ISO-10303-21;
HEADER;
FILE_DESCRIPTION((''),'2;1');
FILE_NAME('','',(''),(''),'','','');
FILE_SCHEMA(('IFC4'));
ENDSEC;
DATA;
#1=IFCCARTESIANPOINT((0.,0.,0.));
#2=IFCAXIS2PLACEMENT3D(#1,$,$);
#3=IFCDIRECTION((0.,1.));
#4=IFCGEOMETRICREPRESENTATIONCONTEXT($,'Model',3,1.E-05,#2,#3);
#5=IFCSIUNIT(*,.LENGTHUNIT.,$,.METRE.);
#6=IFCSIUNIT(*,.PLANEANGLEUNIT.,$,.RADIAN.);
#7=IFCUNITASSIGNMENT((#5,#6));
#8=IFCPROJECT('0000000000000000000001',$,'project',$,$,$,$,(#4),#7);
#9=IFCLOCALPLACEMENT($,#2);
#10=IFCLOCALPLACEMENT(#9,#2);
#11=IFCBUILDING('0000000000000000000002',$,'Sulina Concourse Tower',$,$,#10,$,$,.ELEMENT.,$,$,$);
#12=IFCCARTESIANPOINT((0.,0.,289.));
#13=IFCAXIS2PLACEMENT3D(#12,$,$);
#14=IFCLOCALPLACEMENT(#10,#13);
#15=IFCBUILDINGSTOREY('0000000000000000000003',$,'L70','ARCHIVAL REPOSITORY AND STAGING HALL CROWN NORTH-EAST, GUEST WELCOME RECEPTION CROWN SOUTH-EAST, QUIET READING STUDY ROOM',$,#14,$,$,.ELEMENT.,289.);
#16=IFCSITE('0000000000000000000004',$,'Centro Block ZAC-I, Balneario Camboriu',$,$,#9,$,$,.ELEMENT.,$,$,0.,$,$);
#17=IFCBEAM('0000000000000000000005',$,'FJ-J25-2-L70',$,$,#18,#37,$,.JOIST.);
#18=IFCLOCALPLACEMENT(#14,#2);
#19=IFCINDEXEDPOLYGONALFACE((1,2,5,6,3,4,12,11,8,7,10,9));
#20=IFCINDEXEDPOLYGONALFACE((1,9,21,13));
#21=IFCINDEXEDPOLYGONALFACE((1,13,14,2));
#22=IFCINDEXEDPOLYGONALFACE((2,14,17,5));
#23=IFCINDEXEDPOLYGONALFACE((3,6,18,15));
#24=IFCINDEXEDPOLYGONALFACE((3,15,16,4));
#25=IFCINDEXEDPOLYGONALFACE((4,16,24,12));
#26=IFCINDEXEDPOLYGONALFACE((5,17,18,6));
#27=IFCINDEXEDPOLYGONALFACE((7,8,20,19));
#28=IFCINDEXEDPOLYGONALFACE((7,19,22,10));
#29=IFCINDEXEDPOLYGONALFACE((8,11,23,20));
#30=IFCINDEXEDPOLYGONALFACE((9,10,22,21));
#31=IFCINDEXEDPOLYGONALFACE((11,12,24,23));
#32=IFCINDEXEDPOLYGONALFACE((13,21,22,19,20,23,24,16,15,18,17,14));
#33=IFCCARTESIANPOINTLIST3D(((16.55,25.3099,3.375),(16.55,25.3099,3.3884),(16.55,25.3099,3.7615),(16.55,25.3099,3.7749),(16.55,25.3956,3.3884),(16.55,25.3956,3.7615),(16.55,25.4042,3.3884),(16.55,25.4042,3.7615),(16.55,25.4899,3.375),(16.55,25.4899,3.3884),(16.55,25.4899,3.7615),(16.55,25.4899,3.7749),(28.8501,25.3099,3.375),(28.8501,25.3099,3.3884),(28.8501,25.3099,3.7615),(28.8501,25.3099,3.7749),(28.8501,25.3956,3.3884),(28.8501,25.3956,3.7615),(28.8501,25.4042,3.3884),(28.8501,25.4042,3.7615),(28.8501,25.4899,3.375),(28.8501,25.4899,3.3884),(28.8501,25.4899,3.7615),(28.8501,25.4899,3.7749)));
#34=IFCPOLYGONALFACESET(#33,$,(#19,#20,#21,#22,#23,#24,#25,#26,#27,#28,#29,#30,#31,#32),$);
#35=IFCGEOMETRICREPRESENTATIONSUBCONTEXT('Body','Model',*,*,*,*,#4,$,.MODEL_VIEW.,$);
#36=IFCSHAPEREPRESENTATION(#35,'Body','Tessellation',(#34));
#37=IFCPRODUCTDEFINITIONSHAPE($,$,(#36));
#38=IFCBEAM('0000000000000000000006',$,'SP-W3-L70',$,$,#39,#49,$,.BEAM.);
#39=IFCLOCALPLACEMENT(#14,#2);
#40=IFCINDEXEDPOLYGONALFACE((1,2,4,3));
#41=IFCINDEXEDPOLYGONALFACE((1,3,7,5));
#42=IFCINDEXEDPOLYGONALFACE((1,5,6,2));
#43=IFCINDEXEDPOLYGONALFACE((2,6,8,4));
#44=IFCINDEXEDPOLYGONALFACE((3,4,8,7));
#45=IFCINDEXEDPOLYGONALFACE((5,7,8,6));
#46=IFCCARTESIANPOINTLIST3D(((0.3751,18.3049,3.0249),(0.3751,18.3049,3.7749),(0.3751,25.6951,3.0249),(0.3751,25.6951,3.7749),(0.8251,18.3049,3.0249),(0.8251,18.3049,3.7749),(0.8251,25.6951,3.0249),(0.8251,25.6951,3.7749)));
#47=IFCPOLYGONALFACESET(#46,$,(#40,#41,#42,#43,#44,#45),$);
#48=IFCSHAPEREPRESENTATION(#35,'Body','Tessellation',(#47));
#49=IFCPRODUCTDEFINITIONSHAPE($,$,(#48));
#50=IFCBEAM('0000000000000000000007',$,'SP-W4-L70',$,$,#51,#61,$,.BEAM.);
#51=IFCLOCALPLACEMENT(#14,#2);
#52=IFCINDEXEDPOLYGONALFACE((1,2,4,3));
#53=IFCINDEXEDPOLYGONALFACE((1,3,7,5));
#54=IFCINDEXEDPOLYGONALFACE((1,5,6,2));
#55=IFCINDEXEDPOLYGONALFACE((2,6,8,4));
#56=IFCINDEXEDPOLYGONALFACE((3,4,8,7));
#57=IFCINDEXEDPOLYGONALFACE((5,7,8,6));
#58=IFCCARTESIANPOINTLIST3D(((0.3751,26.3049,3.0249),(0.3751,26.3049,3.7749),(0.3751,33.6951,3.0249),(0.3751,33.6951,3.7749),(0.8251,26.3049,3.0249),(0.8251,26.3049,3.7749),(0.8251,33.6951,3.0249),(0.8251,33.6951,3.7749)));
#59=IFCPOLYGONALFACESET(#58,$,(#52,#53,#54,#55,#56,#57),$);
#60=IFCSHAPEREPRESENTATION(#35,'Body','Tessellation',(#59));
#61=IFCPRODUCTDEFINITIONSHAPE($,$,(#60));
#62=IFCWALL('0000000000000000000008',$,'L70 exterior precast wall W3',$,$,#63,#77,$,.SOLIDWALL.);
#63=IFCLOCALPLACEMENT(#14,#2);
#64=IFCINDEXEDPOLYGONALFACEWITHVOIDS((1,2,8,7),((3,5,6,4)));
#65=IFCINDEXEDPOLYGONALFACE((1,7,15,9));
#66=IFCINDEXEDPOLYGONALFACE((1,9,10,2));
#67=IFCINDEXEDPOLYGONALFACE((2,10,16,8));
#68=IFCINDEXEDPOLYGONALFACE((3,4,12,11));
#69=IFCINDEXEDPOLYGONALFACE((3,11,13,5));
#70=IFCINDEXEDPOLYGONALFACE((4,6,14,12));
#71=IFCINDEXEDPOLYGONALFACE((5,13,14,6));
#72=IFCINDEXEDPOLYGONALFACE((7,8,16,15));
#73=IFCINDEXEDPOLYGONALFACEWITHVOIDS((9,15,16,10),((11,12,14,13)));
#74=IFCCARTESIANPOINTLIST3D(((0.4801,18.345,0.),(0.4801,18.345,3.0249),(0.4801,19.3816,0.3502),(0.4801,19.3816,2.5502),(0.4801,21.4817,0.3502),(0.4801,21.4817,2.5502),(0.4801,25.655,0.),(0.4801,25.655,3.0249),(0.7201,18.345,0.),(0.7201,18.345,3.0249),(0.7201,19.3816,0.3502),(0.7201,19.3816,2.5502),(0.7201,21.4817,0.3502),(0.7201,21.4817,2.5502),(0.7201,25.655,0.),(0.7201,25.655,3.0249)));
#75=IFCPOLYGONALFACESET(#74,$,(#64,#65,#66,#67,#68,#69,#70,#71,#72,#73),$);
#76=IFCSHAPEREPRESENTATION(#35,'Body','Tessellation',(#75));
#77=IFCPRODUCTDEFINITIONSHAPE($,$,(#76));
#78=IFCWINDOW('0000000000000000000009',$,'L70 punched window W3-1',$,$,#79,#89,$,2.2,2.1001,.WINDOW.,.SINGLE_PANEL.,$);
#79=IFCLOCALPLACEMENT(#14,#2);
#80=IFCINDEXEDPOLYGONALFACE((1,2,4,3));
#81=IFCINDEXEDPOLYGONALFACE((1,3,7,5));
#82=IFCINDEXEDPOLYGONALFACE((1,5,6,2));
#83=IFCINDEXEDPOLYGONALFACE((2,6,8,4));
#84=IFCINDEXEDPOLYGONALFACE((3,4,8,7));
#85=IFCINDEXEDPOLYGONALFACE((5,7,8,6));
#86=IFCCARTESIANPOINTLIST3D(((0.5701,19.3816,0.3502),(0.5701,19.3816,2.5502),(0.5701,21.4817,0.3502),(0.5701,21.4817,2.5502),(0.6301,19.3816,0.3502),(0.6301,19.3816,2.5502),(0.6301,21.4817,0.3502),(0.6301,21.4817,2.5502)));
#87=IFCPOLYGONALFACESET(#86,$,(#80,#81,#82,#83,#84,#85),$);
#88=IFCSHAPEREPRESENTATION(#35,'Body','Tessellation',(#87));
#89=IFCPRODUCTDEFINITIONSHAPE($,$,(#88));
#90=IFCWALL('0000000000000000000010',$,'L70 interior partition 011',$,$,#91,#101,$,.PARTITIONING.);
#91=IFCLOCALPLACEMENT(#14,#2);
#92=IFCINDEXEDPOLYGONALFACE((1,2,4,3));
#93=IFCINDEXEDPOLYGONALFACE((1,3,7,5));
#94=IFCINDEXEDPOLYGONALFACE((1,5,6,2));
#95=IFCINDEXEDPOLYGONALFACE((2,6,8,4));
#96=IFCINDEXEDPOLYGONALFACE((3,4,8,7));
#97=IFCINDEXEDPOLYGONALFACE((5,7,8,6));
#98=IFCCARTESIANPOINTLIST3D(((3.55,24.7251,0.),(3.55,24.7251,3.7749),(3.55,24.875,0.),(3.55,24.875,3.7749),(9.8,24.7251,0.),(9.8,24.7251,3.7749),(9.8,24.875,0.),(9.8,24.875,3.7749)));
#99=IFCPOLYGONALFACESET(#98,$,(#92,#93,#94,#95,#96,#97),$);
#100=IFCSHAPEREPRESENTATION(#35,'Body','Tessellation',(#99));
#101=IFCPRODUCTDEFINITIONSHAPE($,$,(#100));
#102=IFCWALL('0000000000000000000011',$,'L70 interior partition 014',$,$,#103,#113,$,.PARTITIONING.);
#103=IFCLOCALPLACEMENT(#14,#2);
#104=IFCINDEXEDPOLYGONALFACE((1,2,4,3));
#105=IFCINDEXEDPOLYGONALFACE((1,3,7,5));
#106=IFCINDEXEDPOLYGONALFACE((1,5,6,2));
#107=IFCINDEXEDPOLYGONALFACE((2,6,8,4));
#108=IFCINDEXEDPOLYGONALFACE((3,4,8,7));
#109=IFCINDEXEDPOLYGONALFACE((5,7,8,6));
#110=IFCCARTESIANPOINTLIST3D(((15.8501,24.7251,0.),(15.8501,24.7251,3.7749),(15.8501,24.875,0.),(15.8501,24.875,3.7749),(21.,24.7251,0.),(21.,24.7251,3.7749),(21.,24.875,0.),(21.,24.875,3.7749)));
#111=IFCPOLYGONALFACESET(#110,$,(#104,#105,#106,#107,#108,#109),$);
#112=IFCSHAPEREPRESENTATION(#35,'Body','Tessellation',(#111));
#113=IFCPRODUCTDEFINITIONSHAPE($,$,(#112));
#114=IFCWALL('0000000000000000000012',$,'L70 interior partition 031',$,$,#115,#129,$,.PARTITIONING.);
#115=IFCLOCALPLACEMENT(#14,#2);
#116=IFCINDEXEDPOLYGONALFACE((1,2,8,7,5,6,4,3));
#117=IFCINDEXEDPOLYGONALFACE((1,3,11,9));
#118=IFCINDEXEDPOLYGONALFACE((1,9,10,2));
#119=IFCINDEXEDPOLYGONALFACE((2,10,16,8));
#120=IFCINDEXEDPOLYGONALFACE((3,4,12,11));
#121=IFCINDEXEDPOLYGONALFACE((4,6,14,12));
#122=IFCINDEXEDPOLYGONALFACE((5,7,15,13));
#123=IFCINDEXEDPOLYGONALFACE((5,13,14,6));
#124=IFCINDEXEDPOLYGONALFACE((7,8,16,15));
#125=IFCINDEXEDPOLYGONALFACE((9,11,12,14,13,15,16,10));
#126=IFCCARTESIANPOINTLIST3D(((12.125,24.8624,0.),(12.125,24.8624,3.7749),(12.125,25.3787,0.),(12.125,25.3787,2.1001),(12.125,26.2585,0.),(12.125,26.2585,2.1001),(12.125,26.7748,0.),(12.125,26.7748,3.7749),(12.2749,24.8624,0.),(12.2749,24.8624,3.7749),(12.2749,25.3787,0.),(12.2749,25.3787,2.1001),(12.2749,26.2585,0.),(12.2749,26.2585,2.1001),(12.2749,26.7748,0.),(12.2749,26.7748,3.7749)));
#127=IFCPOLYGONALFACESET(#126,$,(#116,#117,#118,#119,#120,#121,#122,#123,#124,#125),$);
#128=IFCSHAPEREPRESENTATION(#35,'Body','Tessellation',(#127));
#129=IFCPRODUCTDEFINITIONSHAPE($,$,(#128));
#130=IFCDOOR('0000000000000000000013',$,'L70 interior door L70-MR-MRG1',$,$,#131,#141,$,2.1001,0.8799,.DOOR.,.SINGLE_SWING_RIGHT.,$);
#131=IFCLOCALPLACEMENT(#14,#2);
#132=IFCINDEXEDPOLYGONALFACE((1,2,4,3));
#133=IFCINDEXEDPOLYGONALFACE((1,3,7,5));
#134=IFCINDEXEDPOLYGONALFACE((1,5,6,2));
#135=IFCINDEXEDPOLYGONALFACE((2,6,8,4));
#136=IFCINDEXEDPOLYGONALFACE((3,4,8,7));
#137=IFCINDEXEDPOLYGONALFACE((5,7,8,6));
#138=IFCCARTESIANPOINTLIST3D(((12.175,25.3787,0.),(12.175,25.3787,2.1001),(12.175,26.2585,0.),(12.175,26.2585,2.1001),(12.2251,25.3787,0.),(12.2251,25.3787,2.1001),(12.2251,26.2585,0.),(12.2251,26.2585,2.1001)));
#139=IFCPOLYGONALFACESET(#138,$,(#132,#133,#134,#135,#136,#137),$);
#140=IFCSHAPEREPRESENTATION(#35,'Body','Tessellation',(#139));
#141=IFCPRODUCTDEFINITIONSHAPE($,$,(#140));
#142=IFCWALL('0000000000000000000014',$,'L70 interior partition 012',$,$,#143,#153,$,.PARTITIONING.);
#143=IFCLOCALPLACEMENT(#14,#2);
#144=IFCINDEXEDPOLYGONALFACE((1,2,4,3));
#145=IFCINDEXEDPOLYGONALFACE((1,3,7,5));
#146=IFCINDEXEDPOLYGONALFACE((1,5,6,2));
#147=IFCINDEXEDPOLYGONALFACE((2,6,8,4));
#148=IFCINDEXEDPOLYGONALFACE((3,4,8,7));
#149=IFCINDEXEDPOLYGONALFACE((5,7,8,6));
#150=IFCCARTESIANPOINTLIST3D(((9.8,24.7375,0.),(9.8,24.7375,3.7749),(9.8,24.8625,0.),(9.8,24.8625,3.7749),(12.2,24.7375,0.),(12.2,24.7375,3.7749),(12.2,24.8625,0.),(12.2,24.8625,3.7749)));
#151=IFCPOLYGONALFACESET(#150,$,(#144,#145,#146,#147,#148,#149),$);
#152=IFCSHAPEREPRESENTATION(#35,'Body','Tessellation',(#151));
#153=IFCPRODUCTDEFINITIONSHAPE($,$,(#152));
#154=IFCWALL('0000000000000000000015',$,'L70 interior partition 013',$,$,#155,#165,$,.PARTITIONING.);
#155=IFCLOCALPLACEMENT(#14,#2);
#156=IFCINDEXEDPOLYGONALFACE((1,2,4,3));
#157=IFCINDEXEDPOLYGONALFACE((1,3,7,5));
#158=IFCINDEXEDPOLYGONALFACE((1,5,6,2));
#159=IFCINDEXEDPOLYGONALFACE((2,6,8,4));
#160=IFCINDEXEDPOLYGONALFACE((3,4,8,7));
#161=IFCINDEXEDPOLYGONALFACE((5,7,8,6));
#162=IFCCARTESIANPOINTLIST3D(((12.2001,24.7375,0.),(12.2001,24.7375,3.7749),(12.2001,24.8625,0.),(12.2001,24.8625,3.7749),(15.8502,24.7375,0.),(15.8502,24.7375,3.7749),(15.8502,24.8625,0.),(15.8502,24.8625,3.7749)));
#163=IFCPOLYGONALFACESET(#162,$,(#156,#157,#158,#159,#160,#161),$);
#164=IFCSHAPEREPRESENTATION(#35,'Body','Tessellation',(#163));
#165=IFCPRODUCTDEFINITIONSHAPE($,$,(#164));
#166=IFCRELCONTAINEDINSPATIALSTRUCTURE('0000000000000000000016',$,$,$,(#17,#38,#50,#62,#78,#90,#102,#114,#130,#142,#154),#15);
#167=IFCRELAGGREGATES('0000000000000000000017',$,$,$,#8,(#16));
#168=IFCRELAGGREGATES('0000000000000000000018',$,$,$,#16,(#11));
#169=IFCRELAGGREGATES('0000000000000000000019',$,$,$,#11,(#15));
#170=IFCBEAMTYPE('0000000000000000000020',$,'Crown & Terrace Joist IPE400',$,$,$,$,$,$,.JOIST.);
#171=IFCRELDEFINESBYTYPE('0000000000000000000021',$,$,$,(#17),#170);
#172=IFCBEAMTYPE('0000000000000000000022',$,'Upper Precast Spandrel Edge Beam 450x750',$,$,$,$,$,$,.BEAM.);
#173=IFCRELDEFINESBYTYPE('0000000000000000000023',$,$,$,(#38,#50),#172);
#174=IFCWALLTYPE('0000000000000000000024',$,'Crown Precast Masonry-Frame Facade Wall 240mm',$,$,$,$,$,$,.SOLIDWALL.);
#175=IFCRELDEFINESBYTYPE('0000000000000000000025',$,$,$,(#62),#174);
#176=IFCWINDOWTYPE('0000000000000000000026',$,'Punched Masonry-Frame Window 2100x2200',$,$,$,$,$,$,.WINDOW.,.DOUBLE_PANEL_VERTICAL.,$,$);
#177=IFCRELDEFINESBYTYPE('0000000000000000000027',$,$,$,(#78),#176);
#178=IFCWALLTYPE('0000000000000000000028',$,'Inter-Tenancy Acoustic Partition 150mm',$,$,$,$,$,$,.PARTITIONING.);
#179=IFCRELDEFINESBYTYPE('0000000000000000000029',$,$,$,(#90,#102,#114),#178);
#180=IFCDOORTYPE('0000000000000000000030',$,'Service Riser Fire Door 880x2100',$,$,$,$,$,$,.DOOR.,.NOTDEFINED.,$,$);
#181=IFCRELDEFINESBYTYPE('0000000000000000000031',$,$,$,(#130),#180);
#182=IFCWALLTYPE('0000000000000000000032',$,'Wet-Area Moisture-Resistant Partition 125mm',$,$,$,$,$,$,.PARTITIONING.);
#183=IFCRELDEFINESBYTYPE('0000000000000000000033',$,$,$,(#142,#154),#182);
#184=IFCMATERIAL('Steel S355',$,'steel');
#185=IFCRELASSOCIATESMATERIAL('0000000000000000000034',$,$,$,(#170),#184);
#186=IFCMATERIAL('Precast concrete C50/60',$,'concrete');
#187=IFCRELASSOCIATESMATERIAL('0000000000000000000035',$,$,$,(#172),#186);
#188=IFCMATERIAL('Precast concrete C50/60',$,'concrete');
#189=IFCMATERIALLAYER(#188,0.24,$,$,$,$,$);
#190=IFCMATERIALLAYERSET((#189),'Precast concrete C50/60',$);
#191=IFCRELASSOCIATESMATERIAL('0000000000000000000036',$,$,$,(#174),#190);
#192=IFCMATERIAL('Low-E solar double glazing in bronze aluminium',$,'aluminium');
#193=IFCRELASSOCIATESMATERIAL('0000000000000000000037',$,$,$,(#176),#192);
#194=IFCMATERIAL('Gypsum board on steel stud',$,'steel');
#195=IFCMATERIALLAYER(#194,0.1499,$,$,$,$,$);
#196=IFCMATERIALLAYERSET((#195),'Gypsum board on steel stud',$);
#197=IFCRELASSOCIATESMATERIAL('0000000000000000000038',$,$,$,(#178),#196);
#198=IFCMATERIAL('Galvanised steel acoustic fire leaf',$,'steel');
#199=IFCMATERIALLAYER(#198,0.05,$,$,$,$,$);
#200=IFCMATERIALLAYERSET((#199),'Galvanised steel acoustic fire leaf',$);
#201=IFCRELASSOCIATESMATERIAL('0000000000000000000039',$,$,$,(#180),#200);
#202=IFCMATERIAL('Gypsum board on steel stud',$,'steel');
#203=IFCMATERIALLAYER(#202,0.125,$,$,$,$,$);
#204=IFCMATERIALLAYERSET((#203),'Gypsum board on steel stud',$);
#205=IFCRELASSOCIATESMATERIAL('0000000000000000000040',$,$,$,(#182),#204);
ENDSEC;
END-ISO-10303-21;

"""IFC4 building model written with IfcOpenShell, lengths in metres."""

from ifc_helpers import new_model, si_unit, direction, frame, frame_2d, origin, origin_2d, place, context, subcontext, project, spatial, rectangle, i_section, extrude, material, layer, layer_set, material_profile, profile_set, type_object, element, fill, save


model = new_model("IFC4")

# Units and contexts
model_context = context("Model", 3, precision=1e-05, world=origin(), true_north=direction((0.0, 1.0)))
body_context = subcontext(model_context, "Body", "Model", "MODEL_VIEW")
ifc_project = project(units=[si_unit("LENGTHUNIT", "METRE"), si_unit("PLANEANGLEUNIT", "RADIAN")], contexts=[model_context])

# Site, building, storey
site_placement = place(None, origin())
site = spatial("IfcSite", under=ifc_project, at=site_placement, Name="Centro Block ZAC-I, Balneario Camboriu", CompositionType="ELEMENT", RefElevation=0.0)
building_placement = place(site_placement, origin())
building = spatial("IfcBuilding", under=site, at=building_placement, Name="Sulina Concourse Tower", CompositionType="ELEMENT")
storey_placement = place(building_placement, frame((0.0, 0.0, 289.0)))
storey = spatial("IfcBuildingStorey", under=building, at=storey_placement, Name="L70", Description="ARCHIVAL REPOSITORY AND STAGING HALL CROWN NORTH-EAST, GUEST WELCOME RECEPTION CROWN SOUTH-EAST, QUIET READING STUDY ROOM", CompositionType="ELEMENT", Elevation=289.0)

# Beams
ifc_material_1 = material(Name="Steel S355", Category="steel")
ifc_material_profile_1 = material_profile(ifc_material_1, i_section(OverallWidth=0.1799, OverallDepth=0.3999, WebThickness=0.0085, FlangeThickness=0.0134, at=origin_2d()), Name="IPE 400")
ifc_profile_set_1 = profile_set([ifc_material_profile_1], Name="Steel S355")
beam_type_1 = type_object("IfcBeamType", Name="Crown & Terrace Joist IPE400", PredefinedType="JOIST", material=ifc_profile_set_1)
beam_1_placement = place(storey_placement, frame((16.55, 25.3999, 3.575), z_axis=(1.0, 0.0, 0.0), x_axis=(0.0, 1.0, 0.0)))
element("IfcBeam", 1, at=beam_1_placement, inside=storey, type_object=beam_type_1, Name="FJ-J25-2-L70", PredefinedType="JOIST", context=body_context, shape_type="SweptSolid", body=[
    extrude(i_section(OverallWidth=0.1799, OverallDepth=0.3999, WebThickness=0.0085, FlangeThickness=0.0134, at=origin_2d()), origin(), (0.0, 0.0, 1.0), 12.3),
])
ifc_material_2 = material(Name="Precast concrete C50/60", Category="concrete")
ifc_material_profile_2 = material_profile(ifc_material_2, rectangle(XDim=0.45, YDim=0.75, at=origin_2d()), Name="RC 450x750")
ifc_profile_set_2 = profile_set([ifc_material_profile_2], Name="Precast concrete C50/60")
beam_type_2 = type_object("IfcBeamType", Name="Upper Precast Spandrel Edge Beam 450x750", PredefinedType="BEAM", material=ifc_profile_set_2)
for number, where, z_axis, x_axis, name in (
    (2, (0.6001, 18.3049, 3.3999), (0.0, 1.0, 0.0), (-1.0, 0.0, 0.0), "SP-W3-L70"),
    (3, (0.6001, 26.3049, 3.3999), (0.0, 1.0, 0.0), (-1.0, 0.0, 0.0), "SP-W4-L70"),
):
    element("IfcBeam", number, at=place(storey_placement, frame(where, z_axis=z_axis, x_axis=x_axis)), inside=storey, type_object=beam_type_2, Name=name, PredefinedType="BEAM", context=body_context, shape_type="SweptSolid", body=[
        extrude(rectangle(XDim=0.45, YDim=0.75, at=origin_2d()), origin(), (0.0, 0.0, 1.0), 7.3901),
    ])

# Wall, opening, window
ifc_material_3 = material(Name="Precast concrete C50/60", Category="concrete")
ifc_layer_1 = layer(ifc_material_3, 0.24)
ifc_layer_set_1 = layer_set([ifc_layer_1], Name="Precast concrete C50/60")
wall_type_1 = type_object("IfcWallType", Name="Crown Precast Masonry-Frame Facade Wall 240mm", PredefinedType="SOLIDWALL", material=ifc_layer_set_1)
wall_1_placement = place(storey_placement, frame((0.6001, 18.345, 0.0), z_axis=(0.0, 0.0, 1.0), x_axis=(0.0, 1.0, 0.0)))
wall_1 = element("IfcWall", 4, at=wall_1_placement, inside=storey, type_object=wall_type_1, Name="L70 exterior precast wall W3", PredefinedType="SOLIDWALL", context=body_context, shape_type="SweptSolid", body=[
    extrude(rectangle(XDim=7.3101, YDim=0.24, at=frame_2d((3.655, 0.0))), origin(), (0.0, 0.0, 1.0), 3.0249),
])
opening_1_placement = place(wall_1_placement, frame((1.0366, 0.0, 0.3501)))
opening_1 = element("IfcOpeningElement", 5, at=opening_1_placement, cuts=wall_1, PredefinedType="OPENING", context=body_context, shape_type="SweptSolid", body=[
    extrude(rectangle(XDim=2.1001, YDim=2.2, at=frame_2d((1.05, 1.1001))), frame((0.0, 0.1299, 0.0), z_axis=(0.0, -1.0, 0.0), x_axis=(1.0, 0.0, 0.0)), (0.0, 0.0, 1.0), 0.26),
])
ifc_material_4 = material(Name="Low-E solar double glazing in bronze aluminium", Category="aluminium")
window_type = type_object("IfcWindowType", Name="Punched Masonry-Frame Window 2100x2200", PartitioningType="DOUBLE_PANEL_VERTICAL", PredefinedType="WINDOW", material=ifc_material_4)
window_placement = place(opening_1_placement, origin())
window = element("IfcWindow", 6, at=window_placement, inside=storey, type_object=window_type, Name="L70 punched window W3-1", OverallHeight=2.2, OverallWidth=2.1001, PartitioningType="SINGLE_PANEL", PredefinedType="WINDOW", context=body_context, shape_type="SweptSolid", body=[
    extrude(rectangle(XDim=2.1001, YDim=2.2, at=frame_2d((1.05, 1.1001))), frame((0.0, 0.03, 0.0), z_axis=(0.0, -1.0, 0.0), x_axis=(1.0, 0.0, 0.0)), (0.0, 0.0, 1.0), 0.0601),
])
fill(opening_1, window)

# Walls
ifc_material_5 = material(Name="Gypsum board on steel stud", Category="steel")
ifc_layer_2 = layer(ifc_material_5, 0.1499)
ifc_layer_set_2 = layer_set([ifc_layer_2], Name="Gypsum board on steel stud")
wall_type_2 = type_object("IfcWallType", Name="Inter-Tenancy Acoustic Partition 150mm", PredefinedType="PARTITIONING", material=ifc_layer_set_2)
wall_2_placement = place(storey_placement, frame((3.55, 24.8, 0.0), z_axis=(0.0, 0.0, 1.0), x_axis=(1.0, 0.0, 0.0)))
element("IfcWall", 7, at=wall_2_placement, inside=storey, type_object=wall_type_2, Name="L70 interior partition 011", PredefinedType="PARTITIONING", context=body_context, shape_type="SweptSolid", body=[
    extrude(rectangle(XDim=6.25, YDim=0.1499, at=frame_2d((3.125, 0.0))), origin(), (0.0, 0.0, 1.0), 3.7749),
])
wall_3_placement = place(storey_placement, frame((15.8501, 24.8, 0.0), z_axis=(0.0, 0.0, 1.0), x_axis=(1.0, 0.0, 0.0)))
element("IfcWall", 8, at=wall_3_placement, inside=storey, type_object=wall_type_2, Name="L70 interior partition 014", PredefinedType="PARTITIONING", context=body_context, shape_type="SweptSolid", body=[
    extrude(rectangle(XDim=5.1499, YDim=0.1499, at=frame_2d((2.575, 0.0))), origin(), (0.0, 0.0, 1.0), 3.7749),
])

# Wall, opening, door
wall_4_placement = place(storey_placement, frame((12.2, 24.8625, 0.0), z_axis=(0.0, 0.0, 1.0), x_axis=(0.0, 1.0, 0.0)))
wall_4 = element("IfcWall", 9, at=wall_4_placement, inside=storey, type_object=wall_type_2, Name="L70 interior partition 031", PredefinedType="PARTITIONING", context=body_context, shape_type="SweptSolid", body=[
    extrude(rectangle(XDim=1.9124, YDim=0.1499, at=frame_2d((0.9561, 0.0))), origin(), (0.0, 0.0, 1.0), 3.7749),
])
opening_2_placement = place(wall_4_placement, frame((0.5161, 0.0, 0.0)))
opening_2 = element("IfcOpeningElement", 10, at=opening_2_placement, cuts=wall_4, PredefinedType="OPENING", context=body_context, shape_type="SweptSolid", body=[
    extrude(rectangle(XDim=0.8799, YDim=2.1001, at=frame_2d((0.4399, 1.05))), frame((0.0, 0.085, 0.0), z_axis=(0.0, -1.0, 0.0), x_axis=(1.0, 0.0, 0.0)), (0.0, 0.0, 1.0), 0.1699),
])
ifc_material_6 = material(Name="Galvanised steel acoustic fire leaf", Category="steel")
ifc_layer_3 = layer(ifc_material_6, 0.05)
ifc_layer_set_3 = layer_set([ifc_layer_3], Name="Galvanised steel acoustic fire leaf")
door_type = type_object("IfcDoorType", Name="Service Riser Fire Door 880x2100", OperationType="NOTDEFINED", PredefinedType="DOOR", material=ifc_layer_set_3)
door_placement = place(opening_2_placement, origin())
door = element("IfcDoor", 11, at=door_placement, inside=storey, type_object=door_type, Name="L70 interior door L70-MR-MRG1", OperationType="SINGLE_SWING_RIGHT", OverallHeight=2.1001, OverallWidth=0.8799, PredefinedType="DOOR", context=body_context, shape_type="SweptSolid", body=[
    extrude(rectangle(XDim=0.8799, YDim=2.1001, at=frame_2d((0.4399, 1.05))), frame((0.0, 0.0249, 0.0), z_axis=(0.0, -1.0, 0.0), x_axis=(1.0, 0.0, 0.0)), (0.0, 0.0, 1.0), 0.05),
])
fill(opening_2, door)

# Walls
ifc_material_7 = material(Name="Gypsum board on steel stud", Category="steel")
ifc_layer_4 = layer(ifc_material_7, 0.125)
ifc_layer_set_4 = layer_set([ifc_layer_4], Name="Gypsum board on steel stud")
wall_type_3 = type_object("IfcWallType", Name="Wet-Area Moisture-Resistant Partition 125mm", PredefinedType="PARTITIONING", material=ifc_layer_set_4)
wall_5_placement = place(storey_placement, frame((9.8, 24.8, 0.0), z_axis=(0.0, 0.0, 1.0), x_axis=(1.0, 0.0, 0.0)))
element("IfcWall", 12, at=wall_5_placement, inside=storey, type_object=wall_type_3, Name="L70 interior partition 012", PredefinedType="PARTITIONING", context=body_context, shape_type="SweptSolid", body=[
    extrude(rectangle(XDim=2.3999, YDim=0.125, at=frame_2d((1.2, 0.0))), origin(), (0.0, 0.0, 1.0), 3.7749),
])
wall_6_placement = place(storey_placement, frame((12.2, 24.8, 0.0), z_axis=(0.0, 0.0, 1.0), x_axis=(1.0, 0.0, 0.0)))
element("IfcWall", 13, at=wall_6_placement, inside=storey, type_object=wall_type_3, Name="L70 interior partition 013", PredefinedType="PARTITIONING", context=body_context, shape_type="SweptSolid", body=[
    extrude(rectangle(XDim=3.6501, YDim=0.125, at=frame_2d((1.8252, 0.0))), origin(), (0.0, 0.0, 1.0), 3.7749),
])

save(model, "model.ifc")
